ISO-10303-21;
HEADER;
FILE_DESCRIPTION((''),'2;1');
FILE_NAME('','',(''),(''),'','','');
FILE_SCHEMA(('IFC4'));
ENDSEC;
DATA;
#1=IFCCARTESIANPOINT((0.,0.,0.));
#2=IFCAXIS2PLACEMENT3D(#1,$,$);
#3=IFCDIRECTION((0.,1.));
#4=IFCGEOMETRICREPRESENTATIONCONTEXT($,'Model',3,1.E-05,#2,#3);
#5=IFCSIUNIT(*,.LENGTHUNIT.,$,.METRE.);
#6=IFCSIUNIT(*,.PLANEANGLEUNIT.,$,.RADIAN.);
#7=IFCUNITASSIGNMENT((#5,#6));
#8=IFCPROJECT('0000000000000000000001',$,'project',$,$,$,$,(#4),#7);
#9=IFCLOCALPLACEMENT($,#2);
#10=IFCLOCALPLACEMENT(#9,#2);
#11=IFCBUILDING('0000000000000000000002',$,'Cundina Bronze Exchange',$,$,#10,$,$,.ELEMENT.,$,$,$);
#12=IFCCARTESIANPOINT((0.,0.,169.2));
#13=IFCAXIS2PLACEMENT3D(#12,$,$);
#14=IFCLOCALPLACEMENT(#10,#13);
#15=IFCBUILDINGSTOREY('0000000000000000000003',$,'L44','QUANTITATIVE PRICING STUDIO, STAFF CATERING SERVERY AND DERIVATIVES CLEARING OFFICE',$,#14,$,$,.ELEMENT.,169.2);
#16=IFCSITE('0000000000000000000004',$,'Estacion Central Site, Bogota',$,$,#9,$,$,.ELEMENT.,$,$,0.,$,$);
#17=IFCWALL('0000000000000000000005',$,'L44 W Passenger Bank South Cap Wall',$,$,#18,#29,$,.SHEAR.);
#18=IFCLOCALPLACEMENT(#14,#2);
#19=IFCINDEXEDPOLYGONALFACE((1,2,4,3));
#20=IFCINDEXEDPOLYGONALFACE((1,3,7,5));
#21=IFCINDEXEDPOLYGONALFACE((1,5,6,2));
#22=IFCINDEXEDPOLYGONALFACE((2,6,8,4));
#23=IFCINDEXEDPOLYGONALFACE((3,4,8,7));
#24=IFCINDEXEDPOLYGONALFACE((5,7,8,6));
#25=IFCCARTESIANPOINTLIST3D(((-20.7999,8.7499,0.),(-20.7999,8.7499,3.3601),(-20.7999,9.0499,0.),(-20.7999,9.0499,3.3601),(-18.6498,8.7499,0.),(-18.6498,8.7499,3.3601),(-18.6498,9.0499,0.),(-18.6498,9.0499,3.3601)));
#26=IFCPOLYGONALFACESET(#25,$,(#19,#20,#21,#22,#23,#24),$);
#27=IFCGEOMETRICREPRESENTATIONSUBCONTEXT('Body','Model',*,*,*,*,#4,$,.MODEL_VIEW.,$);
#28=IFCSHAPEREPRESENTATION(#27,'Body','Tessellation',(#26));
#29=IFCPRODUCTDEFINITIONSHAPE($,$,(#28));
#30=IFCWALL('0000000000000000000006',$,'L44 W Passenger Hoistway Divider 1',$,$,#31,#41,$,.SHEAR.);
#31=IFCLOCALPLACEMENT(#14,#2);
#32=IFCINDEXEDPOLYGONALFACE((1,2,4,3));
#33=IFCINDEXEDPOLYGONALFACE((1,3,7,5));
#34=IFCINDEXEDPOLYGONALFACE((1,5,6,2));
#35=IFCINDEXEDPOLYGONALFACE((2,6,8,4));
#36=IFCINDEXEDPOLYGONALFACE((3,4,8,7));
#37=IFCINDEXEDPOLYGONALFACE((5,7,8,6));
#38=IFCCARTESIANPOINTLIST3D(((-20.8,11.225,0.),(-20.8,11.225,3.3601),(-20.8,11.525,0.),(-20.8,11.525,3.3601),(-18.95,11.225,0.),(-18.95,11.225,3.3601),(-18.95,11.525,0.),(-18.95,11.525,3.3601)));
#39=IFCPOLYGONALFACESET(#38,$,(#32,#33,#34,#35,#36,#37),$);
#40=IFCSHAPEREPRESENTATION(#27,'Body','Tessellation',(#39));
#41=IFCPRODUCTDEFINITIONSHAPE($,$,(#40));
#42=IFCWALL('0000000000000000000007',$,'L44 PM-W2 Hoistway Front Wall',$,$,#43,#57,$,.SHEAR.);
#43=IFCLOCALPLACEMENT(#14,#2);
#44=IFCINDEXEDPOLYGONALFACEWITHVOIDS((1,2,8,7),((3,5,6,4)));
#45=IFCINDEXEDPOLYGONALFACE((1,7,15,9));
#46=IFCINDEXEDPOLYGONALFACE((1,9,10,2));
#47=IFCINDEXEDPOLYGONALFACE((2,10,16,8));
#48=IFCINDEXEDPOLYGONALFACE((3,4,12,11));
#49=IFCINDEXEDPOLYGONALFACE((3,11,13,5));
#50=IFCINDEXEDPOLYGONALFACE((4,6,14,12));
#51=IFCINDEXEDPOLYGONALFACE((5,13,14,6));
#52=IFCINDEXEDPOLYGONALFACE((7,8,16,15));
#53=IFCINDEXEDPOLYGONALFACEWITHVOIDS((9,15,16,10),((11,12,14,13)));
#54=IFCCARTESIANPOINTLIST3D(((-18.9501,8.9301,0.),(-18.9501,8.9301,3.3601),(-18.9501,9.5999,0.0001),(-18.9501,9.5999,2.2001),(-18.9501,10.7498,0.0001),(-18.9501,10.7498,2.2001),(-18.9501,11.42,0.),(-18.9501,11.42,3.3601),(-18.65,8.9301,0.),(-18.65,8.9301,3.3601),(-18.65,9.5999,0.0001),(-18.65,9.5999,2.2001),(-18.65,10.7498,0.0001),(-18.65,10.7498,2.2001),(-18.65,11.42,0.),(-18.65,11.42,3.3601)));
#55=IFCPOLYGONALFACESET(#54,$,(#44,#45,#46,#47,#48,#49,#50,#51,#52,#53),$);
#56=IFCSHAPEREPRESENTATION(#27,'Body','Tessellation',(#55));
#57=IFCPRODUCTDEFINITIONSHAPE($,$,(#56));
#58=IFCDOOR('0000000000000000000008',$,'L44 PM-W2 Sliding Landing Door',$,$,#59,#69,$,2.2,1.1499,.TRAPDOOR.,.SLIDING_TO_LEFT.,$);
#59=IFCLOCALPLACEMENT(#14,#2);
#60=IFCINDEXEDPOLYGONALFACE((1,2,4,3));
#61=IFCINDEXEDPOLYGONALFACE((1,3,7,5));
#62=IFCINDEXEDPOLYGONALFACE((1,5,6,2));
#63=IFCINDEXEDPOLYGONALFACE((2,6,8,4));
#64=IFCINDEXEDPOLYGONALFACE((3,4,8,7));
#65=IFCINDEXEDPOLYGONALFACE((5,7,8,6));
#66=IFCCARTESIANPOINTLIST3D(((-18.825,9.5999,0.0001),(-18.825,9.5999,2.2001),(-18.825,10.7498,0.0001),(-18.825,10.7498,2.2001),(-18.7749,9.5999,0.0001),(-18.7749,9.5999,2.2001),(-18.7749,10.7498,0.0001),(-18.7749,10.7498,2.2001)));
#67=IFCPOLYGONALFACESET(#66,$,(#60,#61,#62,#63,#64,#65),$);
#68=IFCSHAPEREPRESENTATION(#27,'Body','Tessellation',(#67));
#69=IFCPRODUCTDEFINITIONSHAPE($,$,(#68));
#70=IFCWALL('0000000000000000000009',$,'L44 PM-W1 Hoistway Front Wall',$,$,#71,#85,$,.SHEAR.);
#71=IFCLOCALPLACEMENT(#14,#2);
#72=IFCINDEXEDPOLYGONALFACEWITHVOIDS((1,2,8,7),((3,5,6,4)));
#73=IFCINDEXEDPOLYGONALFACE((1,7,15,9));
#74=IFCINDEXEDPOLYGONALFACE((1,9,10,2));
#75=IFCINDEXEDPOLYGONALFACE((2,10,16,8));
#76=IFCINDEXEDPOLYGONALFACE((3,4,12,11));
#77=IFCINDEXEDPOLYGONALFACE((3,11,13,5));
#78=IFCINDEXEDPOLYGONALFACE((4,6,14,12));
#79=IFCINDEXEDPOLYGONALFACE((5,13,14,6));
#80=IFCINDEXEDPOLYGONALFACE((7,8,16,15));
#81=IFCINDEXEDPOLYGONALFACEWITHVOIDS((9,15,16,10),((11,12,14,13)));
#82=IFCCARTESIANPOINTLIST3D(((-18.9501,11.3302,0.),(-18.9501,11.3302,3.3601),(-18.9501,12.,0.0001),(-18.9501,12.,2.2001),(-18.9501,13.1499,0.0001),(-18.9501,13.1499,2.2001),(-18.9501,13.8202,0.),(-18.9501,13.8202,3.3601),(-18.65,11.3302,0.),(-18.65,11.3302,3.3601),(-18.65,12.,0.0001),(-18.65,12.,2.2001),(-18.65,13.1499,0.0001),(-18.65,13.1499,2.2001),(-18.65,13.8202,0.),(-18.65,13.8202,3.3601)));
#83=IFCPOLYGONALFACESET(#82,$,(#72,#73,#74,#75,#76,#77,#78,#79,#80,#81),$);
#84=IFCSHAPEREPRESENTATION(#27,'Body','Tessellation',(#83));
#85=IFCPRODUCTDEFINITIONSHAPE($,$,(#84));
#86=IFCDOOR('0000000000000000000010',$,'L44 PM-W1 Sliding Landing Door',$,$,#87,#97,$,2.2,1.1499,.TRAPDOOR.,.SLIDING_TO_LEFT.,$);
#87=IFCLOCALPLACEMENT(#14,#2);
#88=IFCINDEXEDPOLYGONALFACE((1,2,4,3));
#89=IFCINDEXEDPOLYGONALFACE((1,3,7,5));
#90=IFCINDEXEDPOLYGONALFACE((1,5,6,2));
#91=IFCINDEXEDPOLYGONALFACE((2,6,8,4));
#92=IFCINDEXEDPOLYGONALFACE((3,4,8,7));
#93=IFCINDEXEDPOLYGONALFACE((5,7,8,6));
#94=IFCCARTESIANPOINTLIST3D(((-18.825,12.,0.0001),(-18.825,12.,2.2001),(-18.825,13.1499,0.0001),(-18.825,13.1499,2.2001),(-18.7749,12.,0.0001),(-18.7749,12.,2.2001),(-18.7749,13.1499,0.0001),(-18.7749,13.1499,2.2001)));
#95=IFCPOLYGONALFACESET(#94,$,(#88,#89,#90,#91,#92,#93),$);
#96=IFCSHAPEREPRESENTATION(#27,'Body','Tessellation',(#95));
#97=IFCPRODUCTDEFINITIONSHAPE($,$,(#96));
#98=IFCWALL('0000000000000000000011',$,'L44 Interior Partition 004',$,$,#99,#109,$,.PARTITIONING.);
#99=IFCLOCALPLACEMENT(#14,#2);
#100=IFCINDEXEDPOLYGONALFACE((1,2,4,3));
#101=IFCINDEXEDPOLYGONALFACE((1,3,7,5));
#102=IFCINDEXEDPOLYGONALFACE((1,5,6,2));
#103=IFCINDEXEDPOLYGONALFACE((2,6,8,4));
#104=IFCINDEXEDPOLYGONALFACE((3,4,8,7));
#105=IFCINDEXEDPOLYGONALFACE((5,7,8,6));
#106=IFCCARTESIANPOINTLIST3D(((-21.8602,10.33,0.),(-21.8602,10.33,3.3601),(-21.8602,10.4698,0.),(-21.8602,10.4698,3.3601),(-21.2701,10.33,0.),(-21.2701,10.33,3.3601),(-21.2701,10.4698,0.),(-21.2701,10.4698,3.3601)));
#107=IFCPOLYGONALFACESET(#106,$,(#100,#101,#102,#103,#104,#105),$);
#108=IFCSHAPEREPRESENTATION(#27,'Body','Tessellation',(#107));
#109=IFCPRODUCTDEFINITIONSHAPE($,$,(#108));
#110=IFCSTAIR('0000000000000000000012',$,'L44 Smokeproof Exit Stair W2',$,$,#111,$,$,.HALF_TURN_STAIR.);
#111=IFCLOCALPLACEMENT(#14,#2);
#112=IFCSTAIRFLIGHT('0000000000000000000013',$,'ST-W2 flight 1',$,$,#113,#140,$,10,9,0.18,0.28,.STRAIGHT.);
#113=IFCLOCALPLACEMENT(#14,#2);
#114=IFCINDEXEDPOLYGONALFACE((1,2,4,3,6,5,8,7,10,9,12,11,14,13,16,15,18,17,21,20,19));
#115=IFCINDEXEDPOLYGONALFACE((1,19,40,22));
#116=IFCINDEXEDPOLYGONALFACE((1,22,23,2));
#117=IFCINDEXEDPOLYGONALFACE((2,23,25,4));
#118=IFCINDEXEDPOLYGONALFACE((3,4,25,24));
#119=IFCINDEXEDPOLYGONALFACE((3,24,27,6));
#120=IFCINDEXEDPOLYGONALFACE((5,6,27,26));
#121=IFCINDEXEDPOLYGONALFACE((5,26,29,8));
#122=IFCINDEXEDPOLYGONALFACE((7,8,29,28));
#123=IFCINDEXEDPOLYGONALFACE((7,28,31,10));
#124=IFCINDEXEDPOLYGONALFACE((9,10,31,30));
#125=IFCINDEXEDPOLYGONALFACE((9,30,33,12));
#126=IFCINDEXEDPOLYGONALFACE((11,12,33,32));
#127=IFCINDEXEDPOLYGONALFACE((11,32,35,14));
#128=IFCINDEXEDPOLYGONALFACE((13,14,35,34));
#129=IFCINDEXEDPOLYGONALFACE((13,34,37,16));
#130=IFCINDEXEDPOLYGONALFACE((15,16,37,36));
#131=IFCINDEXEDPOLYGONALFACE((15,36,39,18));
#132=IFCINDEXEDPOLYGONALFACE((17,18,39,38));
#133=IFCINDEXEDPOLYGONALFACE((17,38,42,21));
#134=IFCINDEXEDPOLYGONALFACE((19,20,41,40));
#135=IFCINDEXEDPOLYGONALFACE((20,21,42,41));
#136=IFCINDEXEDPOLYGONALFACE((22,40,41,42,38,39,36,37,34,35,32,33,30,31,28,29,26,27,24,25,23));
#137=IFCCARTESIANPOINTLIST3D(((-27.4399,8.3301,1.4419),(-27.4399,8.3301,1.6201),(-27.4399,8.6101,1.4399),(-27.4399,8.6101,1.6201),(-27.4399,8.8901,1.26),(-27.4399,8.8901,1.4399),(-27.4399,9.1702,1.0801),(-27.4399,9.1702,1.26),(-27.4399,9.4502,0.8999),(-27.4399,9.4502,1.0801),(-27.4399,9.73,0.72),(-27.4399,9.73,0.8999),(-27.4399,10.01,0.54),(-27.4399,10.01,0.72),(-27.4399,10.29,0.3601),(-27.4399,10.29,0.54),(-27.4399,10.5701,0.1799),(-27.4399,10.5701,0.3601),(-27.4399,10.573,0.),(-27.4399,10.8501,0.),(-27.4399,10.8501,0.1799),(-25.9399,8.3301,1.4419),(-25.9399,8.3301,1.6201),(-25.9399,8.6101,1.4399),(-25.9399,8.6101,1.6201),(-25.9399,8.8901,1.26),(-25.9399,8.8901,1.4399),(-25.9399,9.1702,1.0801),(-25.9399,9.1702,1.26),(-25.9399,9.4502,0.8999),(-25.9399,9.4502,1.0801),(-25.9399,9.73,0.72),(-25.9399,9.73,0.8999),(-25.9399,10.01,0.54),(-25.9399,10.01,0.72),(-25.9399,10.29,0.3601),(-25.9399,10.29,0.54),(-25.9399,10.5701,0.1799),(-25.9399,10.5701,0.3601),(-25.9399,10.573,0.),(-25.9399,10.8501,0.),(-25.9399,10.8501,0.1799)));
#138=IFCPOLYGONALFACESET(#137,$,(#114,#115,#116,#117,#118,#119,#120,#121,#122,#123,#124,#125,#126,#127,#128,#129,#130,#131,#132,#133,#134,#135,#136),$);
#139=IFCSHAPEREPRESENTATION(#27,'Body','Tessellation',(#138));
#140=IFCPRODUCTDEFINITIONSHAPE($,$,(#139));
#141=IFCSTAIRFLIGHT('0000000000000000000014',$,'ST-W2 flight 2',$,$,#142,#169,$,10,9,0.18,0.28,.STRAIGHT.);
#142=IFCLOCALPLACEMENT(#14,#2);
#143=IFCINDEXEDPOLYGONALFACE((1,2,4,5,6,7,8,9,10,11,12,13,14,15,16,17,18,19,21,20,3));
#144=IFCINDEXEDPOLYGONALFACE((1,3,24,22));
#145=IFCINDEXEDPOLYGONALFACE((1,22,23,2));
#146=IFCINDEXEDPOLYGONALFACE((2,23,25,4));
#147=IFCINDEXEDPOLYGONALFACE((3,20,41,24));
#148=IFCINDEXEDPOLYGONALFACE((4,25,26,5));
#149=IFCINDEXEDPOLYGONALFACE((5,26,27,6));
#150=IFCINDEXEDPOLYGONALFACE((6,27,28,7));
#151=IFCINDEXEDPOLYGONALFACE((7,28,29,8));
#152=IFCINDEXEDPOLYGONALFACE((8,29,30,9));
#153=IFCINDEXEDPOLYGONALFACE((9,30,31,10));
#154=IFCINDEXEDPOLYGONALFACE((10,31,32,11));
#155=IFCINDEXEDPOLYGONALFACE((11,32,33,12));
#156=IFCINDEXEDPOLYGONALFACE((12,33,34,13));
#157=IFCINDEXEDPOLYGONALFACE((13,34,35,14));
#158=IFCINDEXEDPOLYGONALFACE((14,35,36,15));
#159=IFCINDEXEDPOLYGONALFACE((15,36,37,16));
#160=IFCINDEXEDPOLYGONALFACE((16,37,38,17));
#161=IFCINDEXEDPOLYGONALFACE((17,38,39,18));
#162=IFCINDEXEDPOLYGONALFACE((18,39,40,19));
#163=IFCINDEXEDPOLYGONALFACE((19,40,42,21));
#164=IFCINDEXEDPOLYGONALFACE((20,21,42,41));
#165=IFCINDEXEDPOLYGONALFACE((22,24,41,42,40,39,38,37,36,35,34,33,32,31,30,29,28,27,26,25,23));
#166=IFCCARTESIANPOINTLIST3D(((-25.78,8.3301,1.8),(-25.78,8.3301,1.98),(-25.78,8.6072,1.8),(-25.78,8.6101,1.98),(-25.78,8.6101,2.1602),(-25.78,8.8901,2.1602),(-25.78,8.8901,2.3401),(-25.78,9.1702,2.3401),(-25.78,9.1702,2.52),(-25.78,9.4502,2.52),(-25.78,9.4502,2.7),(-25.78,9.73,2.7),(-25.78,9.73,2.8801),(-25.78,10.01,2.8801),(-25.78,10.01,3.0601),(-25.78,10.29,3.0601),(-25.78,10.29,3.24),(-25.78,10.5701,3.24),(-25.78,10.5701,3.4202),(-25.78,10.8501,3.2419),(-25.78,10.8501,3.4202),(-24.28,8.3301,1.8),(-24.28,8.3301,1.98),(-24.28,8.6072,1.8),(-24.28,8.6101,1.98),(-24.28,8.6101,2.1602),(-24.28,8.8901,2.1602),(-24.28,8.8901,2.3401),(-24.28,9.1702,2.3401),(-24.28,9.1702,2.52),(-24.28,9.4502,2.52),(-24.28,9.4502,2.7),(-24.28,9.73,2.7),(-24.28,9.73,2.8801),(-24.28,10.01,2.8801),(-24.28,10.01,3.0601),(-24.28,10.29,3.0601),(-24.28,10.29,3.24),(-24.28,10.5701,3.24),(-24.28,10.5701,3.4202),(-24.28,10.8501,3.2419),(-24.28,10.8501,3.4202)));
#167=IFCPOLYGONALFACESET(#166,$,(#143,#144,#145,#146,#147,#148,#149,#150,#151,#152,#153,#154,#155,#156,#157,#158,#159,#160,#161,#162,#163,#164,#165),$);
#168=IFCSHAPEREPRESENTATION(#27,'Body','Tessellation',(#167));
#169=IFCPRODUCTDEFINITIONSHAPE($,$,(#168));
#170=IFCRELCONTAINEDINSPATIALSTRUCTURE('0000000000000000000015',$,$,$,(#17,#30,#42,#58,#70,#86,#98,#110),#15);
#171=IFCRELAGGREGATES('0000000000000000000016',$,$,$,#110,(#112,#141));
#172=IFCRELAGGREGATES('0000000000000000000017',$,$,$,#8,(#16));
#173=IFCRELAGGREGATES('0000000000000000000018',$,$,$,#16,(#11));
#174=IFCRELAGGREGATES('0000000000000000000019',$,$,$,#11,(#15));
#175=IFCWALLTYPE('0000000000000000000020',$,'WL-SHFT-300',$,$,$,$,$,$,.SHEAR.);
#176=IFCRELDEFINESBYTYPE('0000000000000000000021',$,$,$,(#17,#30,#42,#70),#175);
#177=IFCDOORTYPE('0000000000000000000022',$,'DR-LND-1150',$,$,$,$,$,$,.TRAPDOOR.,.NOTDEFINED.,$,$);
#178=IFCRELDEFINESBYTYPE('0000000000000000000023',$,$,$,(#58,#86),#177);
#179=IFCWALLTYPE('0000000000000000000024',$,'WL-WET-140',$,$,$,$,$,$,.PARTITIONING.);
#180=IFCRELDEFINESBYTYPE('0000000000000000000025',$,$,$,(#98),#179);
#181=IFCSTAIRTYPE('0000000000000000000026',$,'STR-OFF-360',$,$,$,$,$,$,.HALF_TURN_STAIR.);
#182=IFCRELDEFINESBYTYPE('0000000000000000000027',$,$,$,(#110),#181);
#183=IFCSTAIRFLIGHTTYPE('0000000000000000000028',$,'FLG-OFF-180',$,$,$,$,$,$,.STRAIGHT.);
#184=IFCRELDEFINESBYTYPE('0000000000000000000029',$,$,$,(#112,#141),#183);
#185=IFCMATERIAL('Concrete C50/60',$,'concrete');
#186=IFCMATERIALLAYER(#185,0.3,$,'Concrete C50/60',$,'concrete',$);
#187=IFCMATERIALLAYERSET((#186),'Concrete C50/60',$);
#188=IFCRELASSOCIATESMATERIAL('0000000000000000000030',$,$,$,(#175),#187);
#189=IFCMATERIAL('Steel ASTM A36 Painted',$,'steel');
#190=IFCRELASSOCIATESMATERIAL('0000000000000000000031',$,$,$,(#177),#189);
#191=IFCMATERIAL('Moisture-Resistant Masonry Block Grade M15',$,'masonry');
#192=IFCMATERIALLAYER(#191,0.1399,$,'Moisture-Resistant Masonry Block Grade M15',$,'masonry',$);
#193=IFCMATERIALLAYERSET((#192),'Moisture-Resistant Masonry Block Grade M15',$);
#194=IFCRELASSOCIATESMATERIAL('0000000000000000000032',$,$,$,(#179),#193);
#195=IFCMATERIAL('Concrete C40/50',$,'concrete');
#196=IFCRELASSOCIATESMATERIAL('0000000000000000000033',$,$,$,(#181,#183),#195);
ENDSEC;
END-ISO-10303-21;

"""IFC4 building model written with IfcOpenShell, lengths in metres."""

from ifc_helpers import new_model, si_unit, direction, frame, frame_2d, origin, place, context, subcontext, project, spatial, polyline, rectangle, outline, extrude, material, layer, layer_set, type_object, element, fill, aggregate, save


model = new_model("IFC4")

# Units and contexts
model_context = context("Model", 3, precision=1e-05, world=origin(), true_north=direction((0.0, 1.0)))
body_context = subcontext(model_context, "Body", "Model", "MODEL_VIEW")
ifc_project = project(units=[si_unit("LENGTHUNIT", "METRE"), si_unit("PLANEANGLEUNIT", "RADIAN")], contexts=[model_context])

# Site, building, storey
site_placement = place(None, origin())
site = spatial("IfcSite", under=ifc_project, at=site_placement, Name="Estacion Central Site, Bogota", CompositionType="ELEMENT", RefElevation=0.0)
building_placement = place(site_placement, origin())
building = spatial("IfcBuilding", under=site, at=building_placement, Name="Cundina Bronze Exchange", CompositionType="ELEMENT")
storey_placement = place(building_placement, frame((0.0, 0.0, 169.2)))
storey = spatial("IfcBuildingStorey", under=building, at=storey_placement, Name="L44", Description="QUANTITATIVE PRICING STUDIO, STAFF CATERING SERVERY AND DERIVATIVES CLEARING OFFICE", CompositionType="ELEMENT", Elevation=169.2)

# Shared definitions
ifc_material_1 = material(Name="Concrete C50/60", Category="concrete")

# Shared definitions
ifc_layer_1 = layer(ifc_material_1, 0.3, Name="Concrete C50/60", Category="concrete")
ifc_layer_set_1 = layer_set([ifc_layer_1], Name="Concrete C50/60")
wall_type_1 = type_object("IfcWallType", Name="WL-SHFT-300", PredefinedType="SHEAR", material=ifc_layer_set_1)
ifc_material_2 = material(Name="Steel ASTM A36 Painted", Category="steel")
door_type_1 = type_object("IfcDoorType", Name="DR-LND-1150", OperationType="NOTDEFINED", PredefinedType="TRAPDOOR", material=ifc_material_2)

# Walls
wall_1_placement = place(storey_placement, frame((-20.8, 8.8999, 0.0), z_axis=(0.0, 0.0, 1.0), x_axis=(1.0, 0.0, 0.0)))
element("IfcWall", 1, at=wall_1_placement, inside=storey, type_object=wall_type_1, Name="L44 W Passenger Bank South Cap Wall", PredefinedType="SHEAR", context=body_context, shape_type="SweptSolid", body=[
    extrude(rectangle(XDim=2.1501, YDim=0.3, at=frame_2d((1.0752, 0.0))), origin(), (0.0, 0.0, 1.0), 3.3601),
])
wall_2_placement = place(storey_placement, frame((-20.8, 11.375, 0.0), z_axis=(0.0, 0.0, 1.0), x_axis=(1.0, 0.0, 0.0)))
element("IfcWall", 2, at=wall_2_placement, inside=storey, type_object=wall_type_1, Name="L44 W Passenger Hoistway Divider 1", PredefinedType="SHEAR", context=body_context, shape_type="SweptSolid", body=[
    extrude(rectangle(XDim=1.8501, YDim=0.3, at=frame_2d((0.925, 0.0))), origin(), (0.0, 0.0, 1.0), 3.3601),
])

# Walls, openings, doors
wall_3_placement = place(storey_placement, frame((-18.8, 8.9299, 0.0), z_axis=(0.0, 0.0, 1.0), x_axis=(0.0, 1.0, 0.0)))
wall_3 = element("IfcWall", 3, at=wall_3_placement, inside=storey, type_object=wall_type_1, Name="L44 PM-W2 Hoistway Front Wall", PredefinedType="SHEAR", context=body_context, shape_type="SweptSolid", body=[
    extrude(rectangle(XDim=2.49, YDim=0.3, at=frame_2d((1.2451, 0.0))), origin(), (0.0, 0.0, 1.0), 3.3601),
])
opening_1_placement = place(wall_3_placement, frame((0.6699, 0.0, 0.0)))
opening_1 = element("IfcOpeningElement", 4, at=opening_1_placement, cuts=wall_3, PredefinedType="OPENING", context=body_context, shape_type="SweptSolid", body=[
    extrude(rectangle(XDim=1.1499, YDim=2.2, at=frame_2d((0.575, 1.1001))), frame((0.0, 0.1599, 0.0), z_axis=(0.0, -1.0, 0.0), x_axis=(1.0, 0.0, 0.0)), (0.0, 0.0, 1.0), 0.3201),
])
door_1_placement = place(opening_1_placement, origin())
door_1 = element("IfcDoor", 5, at=door_1_placement, inside=storey, type_object=door_type_1, Name="L44 PM-W2 Sliding Landing Door", OperationType="SLIDING_TO_LEFT", OverallHeight=2.2, OverallWidth=1.1499, PredefinedType="TRAPDOOR", context=body_context, shape_type="SweptSolid", body=[
    extrude(rectangle(XDim=1.1499, YDim=2.2, at=frame_2d((0.575, 1.1001))), frame((0.0, 0.0249, 0.0), z_axis=(0.0, -1.0, 0.0), x_axis=(1.0, 0.0, 0.0)), (0.0, 0.0, 1.0), 0.05),
])
fill(opening_1, door_1)
wall_4_placement = place(storey_placement, frame((-18.8, 11.3301, 0.0), z_axis=(0.0, 0.0, 1.0), x_axis=(0.0, 1.0, 0.0)))
wall_4 = element("IfcWall", 6, at=wall_4_placement, inside=storey, type_object=wall_type_1, Name="L44 PM-W1 Hoistway Front Wall", PredefinedType="SHEAR", context=body_context, shape_type="SweptSolid", body=[
    extrude(rectangle(XDim=2.49, YDim=0.3, at=frame_2d((1.2451, 0.0))), origin(), (0.0, 0.0, 1.0), 3.3601),
])
opening_2_placement = place(wall_4_placement, frame((0.6699, 0.0, 0.0)))
opening_2 = element("IfcOpeningElement", 7, at=opening_2_placement, cuts=wall_4, PredefinedType="OPENING", context=body_context, shape_type="SweptSolid", body=[
    extrude(rectangle(XDim=1.1499, YDim=2.2, at=frame_2d((0.575, 1.1001))), frame((0.0, 0.1599, 0.0), z_axis=(0.0, -1.0, 0.0), x_axis=(1.0, 0.0, 0.0)), (0.0, 0.0, 1.0), 0.3201),
])
door_2_placement = place(opening_2_placement, origin())
door_2 = element("IfcDoor", 8, at=door_2_placement, inside=storey, type_object=door_type_1, Name="L44 PM-W1 Sliding Landing Door", OperationType="SLIDING_TO_LEFT", OverallHeight=2.2, OverallWidth=1.1499, PredefinedType="TRAPDOOR", context=body_context, shape_type="SweptSolid", body=[
    extrude(rectangle(XDim=1.1499, YDim=2.2, at=frame_2d((0.575, 1.1001))), frame((0.0, 0.0249, 0.0), z_axis=(0.0, -1.0, 0.0), x_axis=(1.0, 0.0, 0.0)), (0.0, 0.0, 1.0), 0.05),
])
fill(opening_2, door_2)

# Wall
ifc_material_3 = material(Name="Moisture-Resistant Masonry Block Grade M15", Category="masonry")
ifc_layer_2 = layer(ifc_material_3, 0.1399, Name="Moisture-Resistant Masonry Block Grade M15", Category="masonry")
ifc_layer_set_2 = layer_set([ifc_layer_2], Name="Moisture-Resistant Masonry Block Grade M15")
wall_type_2 = type_object("IfcWallType", Name="WL-WET-140", PredefinedType="PARTITIONING", material=ifc_layer_set_2)
wall_5_placement = place(storey_placement, frame((-21.8601, 10.3999, 0.0), z_axis=(0.0, 0.0, 1.0), x_axis=(1.0, 0.0, 0.0)))
element("IfcWall", 9, at=wall_5_placement, inside=storey, type_object=wall_type_2, Name="L44 Interior Partition 004", PredefinedType="PARTITIONING", context=body_context, shape_type="SweptSolid", body=[
    extrude(rectangle(XDim=0.5901, YDim=0.1399, at=frame_2d((0.2949, 0.0))), origin(), (0.0, 0.0, 1.0), 3.3601),
])

# Stair, stair flights
ifc_material_4 = material(Name="Concrete C40/50", Category="concrete")
stair_type = type_object("IfcStairType", Name="STR-OFF-360", PredefinedType="HALF_TURN_STAIR", material=ifc_material_4)
stair_placement = place(storey_placement, origin())
stair = element("IfcStair", 10, at=stair_placement, inside=storey, type_object=stair_type, Name="L44 Smokeproof Exit Stair W2", PredefinedType="HALF_TURN_STAIR")
stair_flight_type = type_object("IfcStairFlightType", Name="FLG-OFF-180", PredefinedType="STRAIGHT", material=ifc_material_4)
stair_flight_1_placement = place(storey_placement, frame((-26.6899, 10.8501, 0.0), z_axis=(0.0, 0.0, 1.0), x_axis=(0.0, -1.0, 0.0)))
stair_flight_1 = element("IfcStairFlight", 11, at=stair_flight_1_placement, type_object=stair_flight_type, Name="ST-W2 flight 1", NumberOfRisers=10, NumberOfTreads=9, PredefinedType="STRAIGHT", RiserHeight=0.18, TreadLength=0.28, context=body_context, shape_type="SweptSolid", body=[
    extrude(outline(polyline([(0.0, 0.0), (0.0, 0.1799), (0.28, 0.1799), (0.28, 0.3601), (0.5601, 0.3601), (0.5601, 0.54), (0.8401, 0.54), (0.8401, 0.72), (1.1201, 0.72), (1.1201, 0.8999), (1.3999, 0.8999), (1.3999, 1.0801), (1.6799, 1.0801), (1.6799, 1.26), (1.96, 1.26), (1.96, 1.4399), (2.24, 1.4399), (2.24, 1.6201), (2.52, 1.6201), (2.52, 1.8), (2.52, 1.4419), (0.2771, 0.0), (0.0, 0.0)])), frame((0.0, 0.75, 0.0), z_axis=(0.0, -1.0, 0.0), x_axis=(1.0, 0.0, 0.0)), (0.0, 0.0, 1.0), 1.5),
])
stair_flight_2_placement = place(storey_placement, frame((-25.03, 8.3301, 1.8), z_axis=(0.0, 0.0, 1.0), x_axis=(0.0, 1.0, 0.0)))
stair_flight_2 = element("IfcStairFlight", 12, at=stair_flight_2_placement, type_object=stair_flight_type, Name="ST-W2 flight 2", NumberOfRisers=10, NumberOfTreads=9, PredefinedType="STRAIGHT", RiserHeight=0.18, TreadLength=0.28, context=body_context, shape_type="SweptSolid", body=[
    extrude(outline(polyline([(0.0, 0.0), (0.0, 0.1799), (0.28, 0.1799), (0.28, 0.3601), (0.5601, 0.3601), (0.5601, 0.54), (0.8401, 0.54), (0.8401, 0.72), (1.1201, 0.72), (1.1201, 0.8999), (1.3999, 0.8999), (1.3999, 1.0801), (1.6799, 1.0801), (1.6799, 1.26), (1.96, 1.26), (1.96, 1.4399), (2.24, 1.4399), (2.24, 1.6201), (2.52, 1.6201), (2.52, 1.8), (2.52, 1.4419), (0.2771, 0.0), (0.0, 0.0)])), frame((0.0, 0.75, 0.0), z_axis=(0.0, -1.0, 0.0), x_axis=(1.0, 0.0, 0.0)), (0.0, 0.0, 1.0), 1.5),
])
aggregate(stair, [stair_flight_1, stair_flight_2])

save(model, "model.ifc")
